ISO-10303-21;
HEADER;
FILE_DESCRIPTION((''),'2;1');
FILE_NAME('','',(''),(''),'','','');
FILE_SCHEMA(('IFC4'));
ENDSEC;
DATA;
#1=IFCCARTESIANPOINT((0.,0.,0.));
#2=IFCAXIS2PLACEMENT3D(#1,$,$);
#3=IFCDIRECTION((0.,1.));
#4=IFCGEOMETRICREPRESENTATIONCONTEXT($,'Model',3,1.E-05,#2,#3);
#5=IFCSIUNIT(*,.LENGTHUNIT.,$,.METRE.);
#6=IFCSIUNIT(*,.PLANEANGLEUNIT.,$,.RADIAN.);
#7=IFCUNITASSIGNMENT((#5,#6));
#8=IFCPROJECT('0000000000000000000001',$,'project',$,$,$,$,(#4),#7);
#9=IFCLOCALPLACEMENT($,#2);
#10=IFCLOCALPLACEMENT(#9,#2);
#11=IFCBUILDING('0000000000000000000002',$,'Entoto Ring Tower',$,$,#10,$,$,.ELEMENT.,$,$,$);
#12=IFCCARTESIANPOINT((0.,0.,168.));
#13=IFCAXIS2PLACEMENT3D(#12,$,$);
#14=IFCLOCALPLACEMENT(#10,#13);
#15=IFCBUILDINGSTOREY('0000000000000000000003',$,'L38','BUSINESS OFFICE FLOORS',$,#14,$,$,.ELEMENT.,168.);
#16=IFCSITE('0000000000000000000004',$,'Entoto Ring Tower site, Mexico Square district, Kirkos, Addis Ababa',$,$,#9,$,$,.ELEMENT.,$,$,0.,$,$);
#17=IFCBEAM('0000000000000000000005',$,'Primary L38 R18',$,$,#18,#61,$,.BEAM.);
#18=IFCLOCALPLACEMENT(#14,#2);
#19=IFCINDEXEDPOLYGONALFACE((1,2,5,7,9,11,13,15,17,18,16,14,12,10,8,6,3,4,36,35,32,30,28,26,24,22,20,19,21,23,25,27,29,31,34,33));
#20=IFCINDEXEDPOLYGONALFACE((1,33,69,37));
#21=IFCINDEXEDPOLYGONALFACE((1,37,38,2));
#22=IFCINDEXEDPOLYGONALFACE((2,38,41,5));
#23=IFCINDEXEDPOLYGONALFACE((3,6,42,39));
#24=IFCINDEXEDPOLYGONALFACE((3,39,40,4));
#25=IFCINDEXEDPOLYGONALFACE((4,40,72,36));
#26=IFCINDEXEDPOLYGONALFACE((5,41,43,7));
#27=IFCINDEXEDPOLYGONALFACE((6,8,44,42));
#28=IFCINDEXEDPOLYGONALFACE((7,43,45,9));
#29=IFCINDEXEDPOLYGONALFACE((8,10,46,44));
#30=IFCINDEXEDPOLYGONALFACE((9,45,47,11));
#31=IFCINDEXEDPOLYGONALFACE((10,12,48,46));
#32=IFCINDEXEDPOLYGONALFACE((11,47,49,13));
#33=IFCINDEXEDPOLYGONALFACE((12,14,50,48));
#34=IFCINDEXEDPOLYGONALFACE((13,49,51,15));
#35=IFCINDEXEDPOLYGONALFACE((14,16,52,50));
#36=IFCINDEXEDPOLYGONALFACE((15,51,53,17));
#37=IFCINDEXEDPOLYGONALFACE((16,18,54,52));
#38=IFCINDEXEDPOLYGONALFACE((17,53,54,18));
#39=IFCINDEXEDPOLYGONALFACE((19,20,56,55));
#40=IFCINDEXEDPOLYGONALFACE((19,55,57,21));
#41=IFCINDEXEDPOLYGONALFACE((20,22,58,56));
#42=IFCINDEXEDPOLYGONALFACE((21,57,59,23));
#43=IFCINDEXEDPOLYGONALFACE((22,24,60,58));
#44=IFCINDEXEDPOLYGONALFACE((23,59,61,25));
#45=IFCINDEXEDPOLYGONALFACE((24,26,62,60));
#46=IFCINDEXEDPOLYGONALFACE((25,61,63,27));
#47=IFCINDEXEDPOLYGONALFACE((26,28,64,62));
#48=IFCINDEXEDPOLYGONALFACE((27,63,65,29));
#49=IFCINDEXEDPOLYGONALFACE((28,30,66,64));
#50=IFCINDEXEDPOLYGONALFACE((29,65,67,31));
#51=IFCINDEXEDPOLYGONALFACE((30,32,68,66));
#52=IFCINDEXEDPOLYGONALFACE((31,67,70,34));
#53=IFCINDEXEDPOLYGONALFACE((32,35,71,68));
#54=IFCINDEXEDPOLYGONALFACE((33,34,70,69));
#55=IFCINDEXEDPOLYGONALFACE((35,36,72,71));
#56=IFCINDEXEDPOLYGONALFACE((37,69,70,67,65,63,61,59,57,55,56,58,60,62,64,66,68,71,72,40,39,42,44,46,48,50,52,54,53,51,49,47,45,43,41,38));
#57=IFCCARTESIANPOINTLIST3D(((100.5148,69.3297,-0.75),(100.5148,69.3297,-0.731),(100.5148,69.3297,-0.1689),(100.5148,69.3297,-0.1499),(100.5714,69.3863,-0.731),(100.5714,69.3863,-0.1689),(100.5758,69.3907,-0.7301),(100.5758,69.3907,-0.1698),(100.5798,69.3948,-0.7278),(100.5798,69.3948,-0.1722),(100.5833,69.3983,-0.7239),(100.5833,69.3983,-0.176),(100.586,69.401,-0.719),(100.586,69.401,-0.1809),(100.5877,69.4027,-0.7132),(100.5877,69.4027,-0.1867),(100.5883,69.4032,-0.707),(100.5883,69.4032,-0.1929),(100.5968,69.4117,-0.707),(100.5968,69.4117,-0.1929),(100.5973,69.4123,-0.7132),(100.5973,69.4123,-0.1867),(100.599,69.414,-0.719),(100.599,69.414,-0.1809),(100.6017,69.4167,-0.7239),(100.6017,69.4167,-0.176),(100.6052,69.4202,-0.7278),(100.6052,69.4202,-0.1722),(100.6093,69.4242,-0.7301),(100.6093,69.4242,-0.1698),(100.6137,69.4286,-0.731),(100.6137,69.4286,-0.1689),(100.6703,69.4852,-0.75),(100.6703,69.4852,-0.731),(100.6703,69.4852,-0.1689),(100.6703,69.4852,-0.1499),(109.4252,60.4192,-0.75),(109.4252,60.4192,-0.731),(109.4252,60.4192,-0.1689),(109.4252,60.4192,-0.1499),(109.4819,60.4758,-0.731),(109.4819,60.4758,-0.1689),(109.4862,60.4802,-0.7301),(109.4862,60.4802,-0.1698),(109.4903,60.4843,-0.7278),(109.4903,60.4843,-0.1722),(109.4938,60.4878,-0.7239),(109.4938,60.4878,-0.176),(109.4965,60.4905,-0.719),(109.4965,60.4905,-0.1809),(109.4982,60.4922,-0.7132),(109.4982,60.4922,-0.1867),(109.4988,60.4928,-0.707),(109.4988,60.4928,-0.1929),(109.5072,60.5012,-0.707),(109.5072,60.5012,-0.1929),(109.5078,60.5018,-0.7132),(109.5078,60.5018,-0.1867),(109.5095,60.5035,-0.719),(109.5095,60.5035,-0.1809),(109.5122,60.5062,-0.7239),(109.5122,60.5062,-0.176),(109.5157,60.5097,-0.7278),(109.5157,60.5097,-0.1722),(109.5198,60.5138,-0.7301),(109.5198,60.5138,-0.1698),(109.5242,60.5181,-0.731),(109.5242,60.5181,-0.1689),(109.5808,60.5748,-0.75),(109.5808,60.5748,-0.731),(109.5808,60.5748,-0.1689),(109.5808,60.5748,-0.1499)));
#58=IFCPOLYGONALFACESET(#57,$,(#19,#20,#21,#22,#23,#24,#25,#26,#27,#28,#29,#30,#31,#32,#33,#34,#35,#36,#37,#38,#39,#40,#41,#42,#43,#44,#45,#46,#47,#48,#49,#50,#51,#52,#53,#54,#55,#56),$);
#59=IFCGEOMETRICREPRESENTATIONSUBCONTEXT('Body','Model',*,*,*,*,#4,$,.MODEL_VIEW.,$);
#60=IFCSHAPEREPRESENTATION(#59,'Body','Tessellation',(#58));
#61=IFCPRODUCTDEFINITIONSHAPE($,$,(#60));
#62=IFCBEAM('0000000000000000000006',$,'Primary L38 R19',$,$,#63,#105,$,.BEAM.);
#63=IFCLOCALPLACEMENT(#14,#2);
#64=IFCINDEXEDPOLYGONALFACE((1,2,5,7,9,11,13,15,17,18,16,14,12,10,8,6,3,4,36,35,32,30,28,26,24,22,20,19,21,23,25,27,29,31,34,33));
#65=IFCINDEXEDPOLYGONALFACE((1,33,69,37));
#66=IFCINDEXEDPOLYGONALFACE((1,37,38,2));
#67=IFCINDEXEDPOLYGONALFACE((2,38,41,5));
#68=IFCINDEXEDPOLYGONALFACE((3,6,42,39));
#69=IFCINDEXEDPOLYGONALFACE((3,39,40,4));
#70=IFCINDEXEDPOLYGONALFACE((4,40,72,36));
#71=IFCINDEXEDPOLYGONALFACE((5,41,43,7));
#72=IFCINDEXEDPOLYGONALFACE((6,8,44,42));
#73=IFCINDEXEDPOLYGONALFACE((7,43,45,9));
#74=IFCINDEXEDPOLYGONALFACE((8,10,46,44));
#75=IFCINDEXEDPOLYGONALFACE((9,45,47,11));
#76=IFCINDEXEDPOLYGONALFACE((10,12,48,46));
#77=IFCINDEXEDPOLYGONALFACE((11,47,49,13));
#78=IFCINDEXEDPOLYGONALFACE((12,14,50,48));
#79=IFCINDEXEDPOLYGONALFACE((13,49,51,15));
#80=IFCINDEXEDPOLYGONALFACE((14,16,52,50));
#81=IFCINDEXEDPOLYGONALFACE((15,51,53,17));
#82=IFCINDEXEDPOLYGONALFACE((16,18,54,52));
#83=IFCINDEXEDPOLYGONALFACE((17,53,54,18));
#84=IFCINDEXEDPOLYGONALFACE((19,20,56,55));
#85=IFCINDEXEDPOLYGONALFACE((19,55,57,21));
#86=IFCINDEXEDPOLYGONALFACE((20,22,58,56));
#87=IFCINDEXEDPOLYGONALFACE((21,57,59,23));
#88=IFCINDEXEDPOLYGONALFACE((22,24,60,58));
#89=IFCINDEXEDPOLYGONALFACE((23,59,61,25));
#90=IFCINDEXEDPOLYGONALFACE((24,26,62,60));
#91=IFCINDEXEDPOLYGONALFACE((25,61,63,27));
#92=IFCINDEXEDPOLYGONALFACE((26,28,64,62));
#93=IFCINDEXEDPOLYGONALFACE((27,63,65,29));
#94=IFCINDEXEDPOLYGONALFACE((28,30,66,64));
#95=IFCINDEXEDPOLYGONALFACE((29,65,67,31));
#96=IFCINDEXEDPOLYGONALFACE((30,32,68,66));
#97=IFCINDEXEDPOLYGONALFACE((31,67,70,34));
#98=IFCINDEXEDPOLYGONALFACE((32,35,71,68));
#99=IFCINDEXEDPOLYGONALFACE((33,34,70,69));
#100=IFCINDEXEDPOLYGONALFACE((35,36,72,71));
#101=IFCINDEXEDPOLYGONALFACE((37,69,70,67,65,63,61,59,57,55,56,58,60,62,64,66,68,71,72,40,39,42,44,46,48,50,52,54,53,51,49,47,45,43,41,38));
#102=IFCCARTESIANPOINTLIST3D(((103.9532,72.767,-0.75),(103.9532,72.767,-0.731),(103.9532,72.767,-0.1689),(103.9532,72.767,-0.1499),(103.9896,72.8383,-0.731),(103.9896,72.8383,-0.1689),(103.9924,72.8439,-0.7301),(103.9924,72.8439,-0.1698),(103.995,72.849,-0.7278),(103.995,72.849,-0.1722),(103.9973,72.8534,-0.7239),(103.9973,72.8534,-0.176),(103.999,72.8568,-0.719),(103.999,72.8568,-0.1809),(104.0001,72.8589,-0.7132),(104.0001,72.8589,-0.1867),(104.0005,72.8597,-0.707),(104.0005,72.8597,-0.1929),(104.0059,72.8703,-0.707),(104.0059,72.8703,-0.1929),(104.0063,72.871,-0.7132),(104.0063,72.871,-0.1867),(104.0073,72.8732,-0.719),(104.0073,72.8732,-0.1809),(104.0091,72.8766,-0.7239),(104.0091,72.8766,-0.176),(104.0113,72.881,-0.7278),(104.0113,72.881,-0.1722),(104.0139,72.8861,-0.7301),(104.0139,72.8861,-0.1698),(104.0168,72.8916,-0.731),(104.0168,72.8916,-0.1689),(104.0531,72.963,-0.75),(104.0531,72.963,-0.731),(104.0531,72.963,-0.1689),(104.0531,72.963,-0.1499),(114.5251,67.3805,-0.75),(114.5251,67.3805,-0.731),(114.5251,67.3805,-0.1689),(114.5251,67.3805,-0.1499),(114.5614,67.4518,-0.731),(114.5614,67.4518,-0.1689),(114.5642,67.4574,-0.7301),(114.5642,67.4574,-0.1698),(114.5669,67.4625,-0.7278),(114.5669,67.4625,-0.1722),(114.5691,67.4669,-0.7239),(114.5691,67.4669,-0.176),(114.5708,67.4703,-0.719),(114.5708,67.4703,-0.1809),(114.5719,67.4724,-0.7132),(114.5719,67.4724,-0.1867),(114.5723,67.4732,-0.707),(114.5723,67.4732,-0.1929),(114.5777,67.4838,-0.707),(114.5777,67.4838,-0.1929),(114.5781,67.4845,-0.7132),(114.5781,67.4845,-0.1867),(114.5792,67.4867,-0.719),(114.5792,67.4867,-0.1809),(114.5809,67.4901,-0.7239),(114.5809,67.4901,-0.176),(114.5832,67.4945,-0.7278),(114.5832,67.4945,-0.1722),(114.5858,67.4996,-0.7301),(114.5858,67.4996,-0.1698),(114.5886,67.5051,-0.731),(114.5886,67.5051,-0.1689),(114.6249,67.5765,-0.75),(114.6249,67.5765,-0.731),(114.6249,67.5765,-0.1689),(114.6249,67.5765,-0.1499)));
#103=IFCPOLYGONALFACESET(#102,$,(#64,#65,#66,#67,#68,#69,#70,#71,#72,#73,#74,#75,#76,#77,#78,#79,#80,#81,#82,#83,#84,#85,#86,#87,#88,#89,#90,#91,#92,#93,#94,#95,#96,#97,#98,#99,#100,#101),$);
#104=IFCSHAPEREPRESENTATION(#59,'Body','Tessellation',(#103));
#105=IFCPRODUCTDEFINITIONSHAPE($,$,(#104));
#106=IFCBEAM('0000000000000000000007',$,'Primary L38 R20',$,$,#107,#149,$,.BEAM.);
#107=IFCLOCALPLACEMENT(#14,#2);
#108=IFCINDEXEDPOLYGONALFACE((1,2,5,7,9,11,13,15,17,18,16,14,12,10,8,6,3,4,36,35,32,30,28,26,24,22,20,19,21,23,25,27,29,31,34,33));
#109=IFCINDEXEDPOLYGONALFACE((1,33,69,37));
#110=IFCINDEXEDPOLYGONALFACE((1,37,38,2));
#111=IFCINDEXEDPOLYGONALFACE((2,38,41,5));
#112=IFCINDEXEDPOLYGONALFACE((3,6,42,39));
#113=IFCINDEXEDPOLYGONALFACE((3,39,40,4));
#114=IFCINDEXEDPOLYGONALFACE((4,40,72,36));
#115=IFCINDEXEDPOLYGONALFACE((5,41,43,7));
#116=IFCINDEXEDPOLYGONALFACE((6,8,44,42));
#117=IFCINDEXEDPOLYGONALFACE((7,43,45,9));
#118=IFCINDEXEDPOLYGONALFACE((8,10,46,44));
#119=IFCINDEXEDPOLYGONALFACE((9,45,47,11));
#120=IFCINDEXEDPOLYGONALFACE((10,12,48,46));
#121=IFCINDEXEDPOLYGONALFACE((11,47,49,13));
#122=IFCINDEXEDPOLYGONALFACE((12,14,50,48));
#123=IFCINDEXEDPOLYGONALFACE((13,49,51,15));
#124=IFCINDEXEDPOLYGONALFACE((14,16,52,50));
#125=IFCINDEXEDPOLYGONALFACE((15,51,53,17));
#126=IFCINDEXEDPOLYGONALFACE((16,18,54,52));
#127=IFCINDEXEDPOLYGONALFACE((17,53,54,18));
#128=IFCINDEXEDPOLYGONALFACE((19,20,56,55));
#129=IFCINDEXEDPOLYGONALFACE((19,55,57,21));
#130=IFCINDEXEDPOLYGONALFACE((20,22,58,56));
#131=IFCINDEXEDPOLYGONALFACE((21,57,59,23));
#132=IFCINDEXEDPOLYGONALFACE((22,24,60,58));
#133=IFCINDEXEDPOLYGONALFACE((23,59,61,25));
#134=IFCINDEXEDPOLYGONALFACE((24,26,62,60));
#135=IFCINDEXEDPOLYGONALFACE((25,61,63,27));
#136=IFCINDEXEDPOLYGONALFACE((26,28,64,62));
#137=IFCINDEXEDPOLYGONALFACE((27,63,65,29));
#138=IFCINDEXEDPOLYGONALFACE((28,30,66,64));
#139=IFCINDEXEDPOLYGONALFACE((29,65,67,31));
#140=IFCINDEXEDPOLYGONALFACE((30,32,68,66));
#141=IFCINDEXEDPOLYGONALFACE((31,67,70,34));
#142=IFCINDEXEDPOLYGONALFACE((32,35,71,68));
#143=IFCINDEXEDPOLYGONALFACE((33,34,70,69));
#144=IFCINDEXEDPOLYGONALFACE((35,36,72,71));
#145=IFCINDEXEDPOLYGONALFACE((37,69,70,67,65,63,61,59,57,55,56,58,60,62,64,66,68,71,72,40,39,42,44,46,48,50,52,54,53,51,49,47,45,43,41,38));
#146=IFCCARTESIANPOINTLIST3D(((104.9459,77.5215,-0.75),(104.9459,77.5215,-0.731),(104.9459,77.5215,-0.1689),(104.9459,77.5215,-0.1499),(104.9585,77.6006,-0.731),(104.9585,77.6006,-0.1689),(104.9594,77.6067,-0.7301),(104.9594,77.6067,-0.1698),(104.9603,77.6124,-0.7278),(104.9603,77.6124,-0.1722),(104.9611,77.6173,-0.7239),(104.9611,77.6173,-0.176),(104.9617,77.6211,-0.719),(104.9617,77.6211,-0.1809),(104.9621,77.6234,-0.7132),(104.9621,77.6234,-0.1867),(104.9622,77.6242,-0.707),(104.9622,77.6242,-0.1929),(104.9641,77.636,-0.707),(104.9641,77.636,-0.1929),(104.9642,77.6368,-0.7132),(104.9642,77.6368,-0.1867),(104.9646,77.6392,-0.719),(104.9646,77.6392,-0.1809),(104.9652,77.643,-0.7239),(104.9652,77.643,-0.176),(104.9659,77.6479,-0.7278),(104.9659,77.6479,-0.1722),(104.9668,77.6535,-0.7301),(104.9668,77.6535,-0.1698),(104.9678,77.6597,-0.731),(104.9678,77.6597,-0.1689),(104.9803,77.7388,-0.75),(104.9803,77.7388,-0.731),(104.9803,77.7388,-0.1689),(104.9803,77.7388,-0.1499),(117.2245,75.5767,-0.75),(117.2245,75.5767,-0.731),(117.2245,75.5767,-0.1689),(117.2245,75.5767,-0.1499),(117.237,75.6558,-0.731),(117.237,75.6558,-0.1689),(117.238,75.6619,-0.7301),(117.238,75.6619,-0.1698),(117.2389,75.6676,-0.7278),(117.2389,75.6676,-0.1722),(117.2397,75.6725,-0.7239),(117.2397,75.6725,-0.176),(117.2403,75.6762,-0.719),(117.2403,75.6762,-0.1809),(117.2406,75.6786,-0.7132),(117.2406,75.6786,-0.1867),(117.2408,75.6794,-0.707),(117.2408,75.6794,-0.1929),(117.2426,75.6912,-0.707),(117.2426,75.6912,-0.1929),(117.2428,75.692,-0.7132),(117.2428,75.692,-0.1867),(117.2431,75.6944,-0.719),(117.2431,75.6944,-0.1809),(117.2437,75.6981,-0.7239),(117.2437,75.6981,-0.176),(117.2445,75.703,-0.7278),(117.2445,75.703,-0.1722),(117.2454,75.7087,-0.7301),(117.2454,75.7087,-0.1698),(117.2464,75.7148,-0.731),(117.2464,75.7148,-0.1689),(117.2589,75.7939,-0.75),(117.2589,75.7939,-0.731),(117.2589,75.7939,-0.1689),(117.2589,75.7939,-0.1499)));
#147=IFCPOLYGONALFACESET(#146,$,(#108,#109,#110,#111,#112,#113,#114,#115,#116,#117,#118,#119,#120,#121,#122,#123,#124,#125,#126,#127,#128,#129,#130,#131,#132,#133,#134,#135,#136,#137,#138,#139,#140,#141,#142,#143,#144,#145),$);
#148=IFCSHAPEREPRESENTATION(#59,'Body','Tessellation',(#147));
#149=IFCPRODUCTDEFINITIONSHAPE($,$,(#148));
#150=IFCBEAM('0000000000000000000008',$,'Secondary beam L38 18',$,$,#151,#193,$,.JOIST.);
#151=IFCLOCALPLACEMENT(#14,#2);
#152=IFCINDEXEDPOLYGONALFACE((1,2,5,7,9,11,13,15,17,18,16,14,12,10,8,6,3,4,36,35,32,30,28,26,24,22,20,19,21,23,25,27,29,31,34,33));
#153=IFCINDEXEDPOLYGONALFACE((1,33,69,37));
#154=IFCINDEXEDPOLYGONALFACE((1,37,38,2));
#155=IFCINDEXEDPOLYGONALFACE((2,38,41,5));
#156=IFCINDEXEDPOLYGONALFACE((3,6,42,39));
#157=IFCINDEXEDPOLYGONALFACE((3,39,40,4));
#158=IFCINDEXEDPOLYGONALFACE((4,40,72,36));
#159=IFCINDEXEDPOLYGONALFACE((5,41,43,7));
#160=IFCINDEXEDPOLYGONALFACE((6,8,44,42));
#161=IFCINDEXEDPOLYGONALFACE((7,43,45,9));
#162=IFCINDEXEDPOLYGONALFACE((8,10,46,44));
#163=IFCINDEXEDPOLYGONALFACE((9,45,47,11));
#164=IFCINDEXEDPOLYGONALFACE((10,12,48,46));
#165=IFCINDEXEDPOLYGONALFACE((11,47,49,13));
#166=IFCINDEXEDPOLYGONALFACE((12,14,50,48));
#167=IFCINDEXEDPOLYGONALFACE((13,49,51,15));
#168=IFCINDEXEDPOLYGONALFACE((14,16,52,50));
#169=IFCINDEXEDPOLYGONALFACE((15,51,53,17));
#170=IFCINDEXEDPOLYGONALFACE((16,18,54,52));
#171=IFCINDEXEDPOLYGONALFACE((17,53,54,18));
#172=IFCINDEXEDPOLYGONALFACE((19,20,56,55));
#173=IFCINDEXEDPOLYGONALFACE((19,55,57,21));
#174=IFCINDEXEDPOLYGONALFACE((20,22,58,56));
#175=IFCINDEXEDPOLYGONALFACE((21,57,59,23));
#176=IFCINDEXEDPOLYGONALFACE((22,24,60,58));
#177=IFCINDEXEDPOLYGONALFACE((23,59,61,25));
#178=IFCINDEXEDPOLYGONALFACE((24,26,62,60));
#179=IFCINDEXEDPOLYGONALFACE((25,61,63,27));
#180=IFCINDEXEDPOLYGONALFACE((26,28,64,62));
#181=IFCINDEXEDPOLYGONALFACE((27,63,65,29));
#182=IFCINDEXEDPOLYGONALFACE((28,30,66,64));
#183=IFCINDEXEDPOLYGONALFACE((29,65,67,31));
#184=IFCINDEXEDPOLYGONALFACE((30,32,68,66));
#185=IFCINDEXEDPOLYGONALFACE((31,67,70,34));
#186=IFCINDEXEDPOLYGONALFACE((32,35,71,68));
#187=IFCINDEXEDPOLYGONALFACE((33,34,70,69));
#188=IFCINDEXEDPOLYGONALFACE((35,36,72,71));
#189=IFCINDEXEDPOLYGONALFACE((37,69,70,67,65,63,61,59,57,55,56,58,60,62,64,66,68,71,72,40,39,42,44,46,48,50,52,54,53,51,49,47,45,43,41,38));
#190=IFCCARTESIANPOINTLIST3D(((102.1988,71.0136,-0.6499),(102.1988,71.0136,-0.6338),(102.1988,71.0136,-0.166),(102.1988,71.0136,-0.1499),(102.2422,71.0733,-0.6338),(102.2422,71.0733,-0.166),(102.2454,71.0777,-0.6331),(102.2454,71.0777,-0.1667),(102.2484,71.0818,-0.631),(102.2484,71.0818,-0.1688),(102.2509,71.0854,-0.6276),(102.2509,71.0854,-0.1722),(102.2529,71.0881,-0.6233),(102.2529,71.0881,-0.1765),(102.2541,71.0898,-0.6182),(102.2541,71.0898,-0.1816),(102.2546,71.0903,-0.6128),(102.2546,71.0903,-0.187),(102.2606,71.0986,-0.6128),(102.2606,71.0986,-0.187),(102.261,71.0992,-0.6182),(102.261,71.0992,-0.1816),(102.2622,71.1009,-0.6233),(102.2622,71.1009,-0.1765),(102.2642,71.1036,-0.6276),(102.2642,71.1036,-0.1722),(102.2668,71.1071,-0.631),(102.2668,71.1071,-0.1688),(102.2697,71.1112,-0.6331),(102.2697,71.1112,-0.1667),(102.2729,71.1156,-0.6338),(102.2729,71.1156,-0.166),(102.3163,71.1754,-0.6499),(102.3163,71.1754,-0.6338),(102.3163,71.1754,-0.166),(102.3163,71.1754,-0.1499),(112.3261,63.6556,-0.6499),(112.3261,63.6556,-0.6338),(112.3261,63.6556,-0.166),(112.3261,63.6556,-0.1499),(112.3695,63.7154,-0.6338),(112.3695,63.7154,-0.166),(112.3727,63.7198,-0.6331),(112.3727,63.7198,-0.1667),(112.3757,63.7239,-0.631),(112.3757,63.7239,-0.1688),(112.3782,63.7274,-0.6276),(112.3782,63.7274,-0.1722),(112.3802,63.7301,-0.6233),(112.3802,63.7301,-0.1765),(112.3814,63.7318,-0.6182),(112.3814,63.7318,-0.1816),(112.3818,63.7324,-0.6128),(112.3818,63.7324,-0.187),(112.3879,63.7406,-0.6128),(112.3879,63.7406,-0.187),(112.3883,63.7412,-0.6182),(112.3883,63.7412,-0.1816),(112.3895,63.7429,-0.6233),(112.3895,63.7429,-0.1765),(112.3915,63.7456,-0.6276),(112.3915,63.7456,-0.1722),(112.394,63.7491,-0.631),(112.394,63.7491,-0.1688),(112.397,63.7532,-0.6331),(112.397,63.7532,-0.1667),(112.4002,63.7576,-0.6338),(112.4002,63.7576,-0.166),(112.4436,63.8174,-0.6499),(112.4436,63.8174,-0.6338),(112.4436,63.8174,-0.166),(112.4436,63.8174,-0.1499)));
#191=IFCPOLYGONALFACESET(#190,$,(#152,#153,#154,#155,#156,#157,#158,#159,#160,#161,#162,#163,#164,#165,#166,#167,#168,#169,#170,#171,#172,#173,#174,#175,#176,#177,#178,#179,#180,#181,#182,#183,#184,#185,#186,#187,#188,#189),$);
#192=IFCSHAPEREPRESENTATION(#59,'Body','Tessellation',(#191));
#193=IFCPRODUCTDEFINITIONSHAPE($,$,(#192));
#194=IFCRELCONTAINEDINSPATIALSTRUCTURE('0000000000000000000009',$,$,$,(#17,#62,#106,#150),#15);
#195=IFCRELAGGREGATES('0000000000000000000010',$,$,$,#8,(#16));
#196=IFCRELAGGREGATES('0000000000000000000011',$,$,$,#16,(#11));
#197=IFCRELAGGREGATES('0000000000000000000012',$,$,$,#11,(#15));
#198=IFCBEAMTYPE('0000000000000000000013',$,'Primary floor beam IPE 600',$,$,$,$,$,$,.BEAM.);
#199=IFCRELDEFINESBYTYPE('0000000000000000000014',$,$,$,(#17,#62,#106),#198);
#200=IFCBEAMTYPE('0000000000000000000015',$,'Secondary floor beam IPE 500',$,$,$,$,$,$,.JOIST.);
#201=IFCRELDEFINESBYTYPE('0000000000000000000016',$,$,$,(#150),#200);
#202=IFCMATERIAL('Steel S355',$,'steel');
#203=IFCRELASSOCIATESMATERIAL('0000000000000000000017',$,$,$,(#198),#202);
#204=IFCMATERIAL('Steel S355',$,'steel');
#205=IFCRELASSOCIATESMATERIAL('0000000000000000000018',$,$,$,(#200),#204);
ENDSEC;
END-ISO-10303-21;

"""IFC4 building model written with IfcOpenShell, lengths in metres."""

from ifc_helpers import new_model, si_unit, direction, frame, origin, origin_2d, place, context, subcontext, project, spatial, i_section, extrude, material, material_profile, profile_set, type_object, element, save


model = new_model("IFC4")

# Units and contexts
model_context = context("Model", 3, precision=1e-05, world=origin(), true_north=direction((0.0, 1.0)))
body_context = subcontext(model_context, "Body", "Model", "MODEL_VIEW")
ifc_project = project(units=[si_unit("LENGTHUNIT", "METRE"), si_unit("PLANEANGLEUNIT", "RADIAN")], contexts=[model_context])

# Site, building, storey
site_placement = place(None, origin())
site = spatial("IfcSite", under=ifc_project, at=site_placement, Name="Entoto Ring Tower site, Mexico Square district, Kirkos, Addis Ababa", CompositionType="ELEMENT", RefElevation=0.0)
building_placement = place(site_placement, origin())
building = spatial("IfcBuilding", under=site, at=building_placement, Name="Entoto Ring Tower", CompositionType="ELEMENT")
storey_placement = place(building_placement, frame((0.0, 0.0, 168.0)))
storey = spatial("IfcBuildingStorey", under=building, at=storey_placement, Name="L38", Description="BUSINESS OFFICE FLOORS", CompositionType="ELEMENT", Elevation=168.0)

# Beams
ifc_material_1 = material(Name="Steel S355", Category="steel")
ifc_material_profile_1 = material_profile(ifc_material_1, i_section(OverallWidth=0.22, OverallDepth=0.6001, WebThickness=0.012, FlangeThickness=0.019, FilletRadius=0.0239, at=origin_2d()), Name="IPE 600")
ifc_profile_set_1 = profile_set([ifc_material_profile_1], Name="Steel S355")
beam_type_1 = type_object("IfcBeamType", Name="Primary floor beam IPE 600", PredefinedType="BEAM", material=ifc_profile_set_1)
beam_1_placement = place(storey_placement, frame((100.5925, 69.4075, -0.45), z_axis=(0.707107, -0.707107, 0.0), x_axis=(0.707107, 0.707107, 0.0)))
element("IfcBeam", 1, at=beam_1_placement, inside=storey, type_object=beam_type_1, Name="Primary L38 R18", PredefinedType="BEAM", context=body_context, shape_type="SweptSolid", body=[
    extrude(i_section(OverallWidth=0.22, OverallDepth=0.6001, WebThickness=0.012, FlangeThickness=0.019, FilletRadius=0.0239, at=origin_2d()), origin(), (0.0, 0.0, 1.0), 12.6013),
])
beam_2_placement = place(storey_placement, frame((104.0032, 72.865, -0.45), z_axis=(0.89101, -0.453983, 0.0), x_axis=(0.453983, 0.89101, 0.0)))
element("IfcBeam", 2, at=beam_2_placement, inside=storey, type_object=beam_type_1, Name="Primary L38 R19", PredefinedType="BEAM", context=body_context, shape_type="SweptSolid", body=[
    extrude(i_section(OverallWidth=0.22, OverallDepth=0.6001, WebThickness=0.012, FlangeThickness=0.019, FilletRadius=0.0239, at=origin_2d()), origin(), (0.0, 0.0, 1.0), 11.865),
])
beam_3_placement = place(storey_placement, frame((104.9631, 77.6301, -0.45), z_axis=(0.987687, -0.156442, 0.0), x_axis=(0.156442, 0.987687, 0.0)))
element("IfcBeam", 3, at=beam_3_placement, inside=storey, type_object=beam_type_1, Name="Primary L38 R20", PredefinedType="BEAM", context=body_context, shape_type="SweptSolid", body=[
    extrude(i_section(OverallWidth=0.22, OverallDepth=0.6001, WebThickness=0.012, FlangeThickness=0.019, FilletRadius=0.0239, at=origin_2d()), origin(), (0.0, 0.0, 1.0), 12.4316),
])
ifc_material_2 = material(Name="Steel S355", Category="steel")
ifc_material_profile_2 = material_profile(ifc_material_2, i_section(OverallWidth=0.2, OverallDepth=0.5, WebThickness=0.0103, FlangeThickness=0.0161, FilletRadius=0.021, at=origin_2d()), Name="IPE 500")
ifc_profile_set_2 = profile_set([ifc_material_profile_2], Name="Steel S355")
beam_type_2 = type_object("IfcBeamType", Name="Secondary floor beam IPE 500", PredefinedType="JOIST", material=ifc_profile_set_2)
beam_4_placement = place(storey_placement, frame((102.2576, 71.0945, -0.3999), z_axis=(0.809014, -0.587789, 0.0), x_axis=(0.587789, 0.809014, 0.0)))
element("IfcBeam", 4, at=beam_4_placement, inside=storey, type_object=beam_type_2, Name="Secondary beam L38 18", PredefinedType="JOIST", context=body_context, shape_type="SweptSolid", body=[
    extrude(i_section(OverallWidth=0.2, OverallDepth=0.5, WebThickness=0.0103, FlangeThickness=0.0161, FilletRadius=0.021, at=origin_2d()), origin(), (0.0, 0.0, 1.0), 12.5181),
])

save(model, "model.ifc")
